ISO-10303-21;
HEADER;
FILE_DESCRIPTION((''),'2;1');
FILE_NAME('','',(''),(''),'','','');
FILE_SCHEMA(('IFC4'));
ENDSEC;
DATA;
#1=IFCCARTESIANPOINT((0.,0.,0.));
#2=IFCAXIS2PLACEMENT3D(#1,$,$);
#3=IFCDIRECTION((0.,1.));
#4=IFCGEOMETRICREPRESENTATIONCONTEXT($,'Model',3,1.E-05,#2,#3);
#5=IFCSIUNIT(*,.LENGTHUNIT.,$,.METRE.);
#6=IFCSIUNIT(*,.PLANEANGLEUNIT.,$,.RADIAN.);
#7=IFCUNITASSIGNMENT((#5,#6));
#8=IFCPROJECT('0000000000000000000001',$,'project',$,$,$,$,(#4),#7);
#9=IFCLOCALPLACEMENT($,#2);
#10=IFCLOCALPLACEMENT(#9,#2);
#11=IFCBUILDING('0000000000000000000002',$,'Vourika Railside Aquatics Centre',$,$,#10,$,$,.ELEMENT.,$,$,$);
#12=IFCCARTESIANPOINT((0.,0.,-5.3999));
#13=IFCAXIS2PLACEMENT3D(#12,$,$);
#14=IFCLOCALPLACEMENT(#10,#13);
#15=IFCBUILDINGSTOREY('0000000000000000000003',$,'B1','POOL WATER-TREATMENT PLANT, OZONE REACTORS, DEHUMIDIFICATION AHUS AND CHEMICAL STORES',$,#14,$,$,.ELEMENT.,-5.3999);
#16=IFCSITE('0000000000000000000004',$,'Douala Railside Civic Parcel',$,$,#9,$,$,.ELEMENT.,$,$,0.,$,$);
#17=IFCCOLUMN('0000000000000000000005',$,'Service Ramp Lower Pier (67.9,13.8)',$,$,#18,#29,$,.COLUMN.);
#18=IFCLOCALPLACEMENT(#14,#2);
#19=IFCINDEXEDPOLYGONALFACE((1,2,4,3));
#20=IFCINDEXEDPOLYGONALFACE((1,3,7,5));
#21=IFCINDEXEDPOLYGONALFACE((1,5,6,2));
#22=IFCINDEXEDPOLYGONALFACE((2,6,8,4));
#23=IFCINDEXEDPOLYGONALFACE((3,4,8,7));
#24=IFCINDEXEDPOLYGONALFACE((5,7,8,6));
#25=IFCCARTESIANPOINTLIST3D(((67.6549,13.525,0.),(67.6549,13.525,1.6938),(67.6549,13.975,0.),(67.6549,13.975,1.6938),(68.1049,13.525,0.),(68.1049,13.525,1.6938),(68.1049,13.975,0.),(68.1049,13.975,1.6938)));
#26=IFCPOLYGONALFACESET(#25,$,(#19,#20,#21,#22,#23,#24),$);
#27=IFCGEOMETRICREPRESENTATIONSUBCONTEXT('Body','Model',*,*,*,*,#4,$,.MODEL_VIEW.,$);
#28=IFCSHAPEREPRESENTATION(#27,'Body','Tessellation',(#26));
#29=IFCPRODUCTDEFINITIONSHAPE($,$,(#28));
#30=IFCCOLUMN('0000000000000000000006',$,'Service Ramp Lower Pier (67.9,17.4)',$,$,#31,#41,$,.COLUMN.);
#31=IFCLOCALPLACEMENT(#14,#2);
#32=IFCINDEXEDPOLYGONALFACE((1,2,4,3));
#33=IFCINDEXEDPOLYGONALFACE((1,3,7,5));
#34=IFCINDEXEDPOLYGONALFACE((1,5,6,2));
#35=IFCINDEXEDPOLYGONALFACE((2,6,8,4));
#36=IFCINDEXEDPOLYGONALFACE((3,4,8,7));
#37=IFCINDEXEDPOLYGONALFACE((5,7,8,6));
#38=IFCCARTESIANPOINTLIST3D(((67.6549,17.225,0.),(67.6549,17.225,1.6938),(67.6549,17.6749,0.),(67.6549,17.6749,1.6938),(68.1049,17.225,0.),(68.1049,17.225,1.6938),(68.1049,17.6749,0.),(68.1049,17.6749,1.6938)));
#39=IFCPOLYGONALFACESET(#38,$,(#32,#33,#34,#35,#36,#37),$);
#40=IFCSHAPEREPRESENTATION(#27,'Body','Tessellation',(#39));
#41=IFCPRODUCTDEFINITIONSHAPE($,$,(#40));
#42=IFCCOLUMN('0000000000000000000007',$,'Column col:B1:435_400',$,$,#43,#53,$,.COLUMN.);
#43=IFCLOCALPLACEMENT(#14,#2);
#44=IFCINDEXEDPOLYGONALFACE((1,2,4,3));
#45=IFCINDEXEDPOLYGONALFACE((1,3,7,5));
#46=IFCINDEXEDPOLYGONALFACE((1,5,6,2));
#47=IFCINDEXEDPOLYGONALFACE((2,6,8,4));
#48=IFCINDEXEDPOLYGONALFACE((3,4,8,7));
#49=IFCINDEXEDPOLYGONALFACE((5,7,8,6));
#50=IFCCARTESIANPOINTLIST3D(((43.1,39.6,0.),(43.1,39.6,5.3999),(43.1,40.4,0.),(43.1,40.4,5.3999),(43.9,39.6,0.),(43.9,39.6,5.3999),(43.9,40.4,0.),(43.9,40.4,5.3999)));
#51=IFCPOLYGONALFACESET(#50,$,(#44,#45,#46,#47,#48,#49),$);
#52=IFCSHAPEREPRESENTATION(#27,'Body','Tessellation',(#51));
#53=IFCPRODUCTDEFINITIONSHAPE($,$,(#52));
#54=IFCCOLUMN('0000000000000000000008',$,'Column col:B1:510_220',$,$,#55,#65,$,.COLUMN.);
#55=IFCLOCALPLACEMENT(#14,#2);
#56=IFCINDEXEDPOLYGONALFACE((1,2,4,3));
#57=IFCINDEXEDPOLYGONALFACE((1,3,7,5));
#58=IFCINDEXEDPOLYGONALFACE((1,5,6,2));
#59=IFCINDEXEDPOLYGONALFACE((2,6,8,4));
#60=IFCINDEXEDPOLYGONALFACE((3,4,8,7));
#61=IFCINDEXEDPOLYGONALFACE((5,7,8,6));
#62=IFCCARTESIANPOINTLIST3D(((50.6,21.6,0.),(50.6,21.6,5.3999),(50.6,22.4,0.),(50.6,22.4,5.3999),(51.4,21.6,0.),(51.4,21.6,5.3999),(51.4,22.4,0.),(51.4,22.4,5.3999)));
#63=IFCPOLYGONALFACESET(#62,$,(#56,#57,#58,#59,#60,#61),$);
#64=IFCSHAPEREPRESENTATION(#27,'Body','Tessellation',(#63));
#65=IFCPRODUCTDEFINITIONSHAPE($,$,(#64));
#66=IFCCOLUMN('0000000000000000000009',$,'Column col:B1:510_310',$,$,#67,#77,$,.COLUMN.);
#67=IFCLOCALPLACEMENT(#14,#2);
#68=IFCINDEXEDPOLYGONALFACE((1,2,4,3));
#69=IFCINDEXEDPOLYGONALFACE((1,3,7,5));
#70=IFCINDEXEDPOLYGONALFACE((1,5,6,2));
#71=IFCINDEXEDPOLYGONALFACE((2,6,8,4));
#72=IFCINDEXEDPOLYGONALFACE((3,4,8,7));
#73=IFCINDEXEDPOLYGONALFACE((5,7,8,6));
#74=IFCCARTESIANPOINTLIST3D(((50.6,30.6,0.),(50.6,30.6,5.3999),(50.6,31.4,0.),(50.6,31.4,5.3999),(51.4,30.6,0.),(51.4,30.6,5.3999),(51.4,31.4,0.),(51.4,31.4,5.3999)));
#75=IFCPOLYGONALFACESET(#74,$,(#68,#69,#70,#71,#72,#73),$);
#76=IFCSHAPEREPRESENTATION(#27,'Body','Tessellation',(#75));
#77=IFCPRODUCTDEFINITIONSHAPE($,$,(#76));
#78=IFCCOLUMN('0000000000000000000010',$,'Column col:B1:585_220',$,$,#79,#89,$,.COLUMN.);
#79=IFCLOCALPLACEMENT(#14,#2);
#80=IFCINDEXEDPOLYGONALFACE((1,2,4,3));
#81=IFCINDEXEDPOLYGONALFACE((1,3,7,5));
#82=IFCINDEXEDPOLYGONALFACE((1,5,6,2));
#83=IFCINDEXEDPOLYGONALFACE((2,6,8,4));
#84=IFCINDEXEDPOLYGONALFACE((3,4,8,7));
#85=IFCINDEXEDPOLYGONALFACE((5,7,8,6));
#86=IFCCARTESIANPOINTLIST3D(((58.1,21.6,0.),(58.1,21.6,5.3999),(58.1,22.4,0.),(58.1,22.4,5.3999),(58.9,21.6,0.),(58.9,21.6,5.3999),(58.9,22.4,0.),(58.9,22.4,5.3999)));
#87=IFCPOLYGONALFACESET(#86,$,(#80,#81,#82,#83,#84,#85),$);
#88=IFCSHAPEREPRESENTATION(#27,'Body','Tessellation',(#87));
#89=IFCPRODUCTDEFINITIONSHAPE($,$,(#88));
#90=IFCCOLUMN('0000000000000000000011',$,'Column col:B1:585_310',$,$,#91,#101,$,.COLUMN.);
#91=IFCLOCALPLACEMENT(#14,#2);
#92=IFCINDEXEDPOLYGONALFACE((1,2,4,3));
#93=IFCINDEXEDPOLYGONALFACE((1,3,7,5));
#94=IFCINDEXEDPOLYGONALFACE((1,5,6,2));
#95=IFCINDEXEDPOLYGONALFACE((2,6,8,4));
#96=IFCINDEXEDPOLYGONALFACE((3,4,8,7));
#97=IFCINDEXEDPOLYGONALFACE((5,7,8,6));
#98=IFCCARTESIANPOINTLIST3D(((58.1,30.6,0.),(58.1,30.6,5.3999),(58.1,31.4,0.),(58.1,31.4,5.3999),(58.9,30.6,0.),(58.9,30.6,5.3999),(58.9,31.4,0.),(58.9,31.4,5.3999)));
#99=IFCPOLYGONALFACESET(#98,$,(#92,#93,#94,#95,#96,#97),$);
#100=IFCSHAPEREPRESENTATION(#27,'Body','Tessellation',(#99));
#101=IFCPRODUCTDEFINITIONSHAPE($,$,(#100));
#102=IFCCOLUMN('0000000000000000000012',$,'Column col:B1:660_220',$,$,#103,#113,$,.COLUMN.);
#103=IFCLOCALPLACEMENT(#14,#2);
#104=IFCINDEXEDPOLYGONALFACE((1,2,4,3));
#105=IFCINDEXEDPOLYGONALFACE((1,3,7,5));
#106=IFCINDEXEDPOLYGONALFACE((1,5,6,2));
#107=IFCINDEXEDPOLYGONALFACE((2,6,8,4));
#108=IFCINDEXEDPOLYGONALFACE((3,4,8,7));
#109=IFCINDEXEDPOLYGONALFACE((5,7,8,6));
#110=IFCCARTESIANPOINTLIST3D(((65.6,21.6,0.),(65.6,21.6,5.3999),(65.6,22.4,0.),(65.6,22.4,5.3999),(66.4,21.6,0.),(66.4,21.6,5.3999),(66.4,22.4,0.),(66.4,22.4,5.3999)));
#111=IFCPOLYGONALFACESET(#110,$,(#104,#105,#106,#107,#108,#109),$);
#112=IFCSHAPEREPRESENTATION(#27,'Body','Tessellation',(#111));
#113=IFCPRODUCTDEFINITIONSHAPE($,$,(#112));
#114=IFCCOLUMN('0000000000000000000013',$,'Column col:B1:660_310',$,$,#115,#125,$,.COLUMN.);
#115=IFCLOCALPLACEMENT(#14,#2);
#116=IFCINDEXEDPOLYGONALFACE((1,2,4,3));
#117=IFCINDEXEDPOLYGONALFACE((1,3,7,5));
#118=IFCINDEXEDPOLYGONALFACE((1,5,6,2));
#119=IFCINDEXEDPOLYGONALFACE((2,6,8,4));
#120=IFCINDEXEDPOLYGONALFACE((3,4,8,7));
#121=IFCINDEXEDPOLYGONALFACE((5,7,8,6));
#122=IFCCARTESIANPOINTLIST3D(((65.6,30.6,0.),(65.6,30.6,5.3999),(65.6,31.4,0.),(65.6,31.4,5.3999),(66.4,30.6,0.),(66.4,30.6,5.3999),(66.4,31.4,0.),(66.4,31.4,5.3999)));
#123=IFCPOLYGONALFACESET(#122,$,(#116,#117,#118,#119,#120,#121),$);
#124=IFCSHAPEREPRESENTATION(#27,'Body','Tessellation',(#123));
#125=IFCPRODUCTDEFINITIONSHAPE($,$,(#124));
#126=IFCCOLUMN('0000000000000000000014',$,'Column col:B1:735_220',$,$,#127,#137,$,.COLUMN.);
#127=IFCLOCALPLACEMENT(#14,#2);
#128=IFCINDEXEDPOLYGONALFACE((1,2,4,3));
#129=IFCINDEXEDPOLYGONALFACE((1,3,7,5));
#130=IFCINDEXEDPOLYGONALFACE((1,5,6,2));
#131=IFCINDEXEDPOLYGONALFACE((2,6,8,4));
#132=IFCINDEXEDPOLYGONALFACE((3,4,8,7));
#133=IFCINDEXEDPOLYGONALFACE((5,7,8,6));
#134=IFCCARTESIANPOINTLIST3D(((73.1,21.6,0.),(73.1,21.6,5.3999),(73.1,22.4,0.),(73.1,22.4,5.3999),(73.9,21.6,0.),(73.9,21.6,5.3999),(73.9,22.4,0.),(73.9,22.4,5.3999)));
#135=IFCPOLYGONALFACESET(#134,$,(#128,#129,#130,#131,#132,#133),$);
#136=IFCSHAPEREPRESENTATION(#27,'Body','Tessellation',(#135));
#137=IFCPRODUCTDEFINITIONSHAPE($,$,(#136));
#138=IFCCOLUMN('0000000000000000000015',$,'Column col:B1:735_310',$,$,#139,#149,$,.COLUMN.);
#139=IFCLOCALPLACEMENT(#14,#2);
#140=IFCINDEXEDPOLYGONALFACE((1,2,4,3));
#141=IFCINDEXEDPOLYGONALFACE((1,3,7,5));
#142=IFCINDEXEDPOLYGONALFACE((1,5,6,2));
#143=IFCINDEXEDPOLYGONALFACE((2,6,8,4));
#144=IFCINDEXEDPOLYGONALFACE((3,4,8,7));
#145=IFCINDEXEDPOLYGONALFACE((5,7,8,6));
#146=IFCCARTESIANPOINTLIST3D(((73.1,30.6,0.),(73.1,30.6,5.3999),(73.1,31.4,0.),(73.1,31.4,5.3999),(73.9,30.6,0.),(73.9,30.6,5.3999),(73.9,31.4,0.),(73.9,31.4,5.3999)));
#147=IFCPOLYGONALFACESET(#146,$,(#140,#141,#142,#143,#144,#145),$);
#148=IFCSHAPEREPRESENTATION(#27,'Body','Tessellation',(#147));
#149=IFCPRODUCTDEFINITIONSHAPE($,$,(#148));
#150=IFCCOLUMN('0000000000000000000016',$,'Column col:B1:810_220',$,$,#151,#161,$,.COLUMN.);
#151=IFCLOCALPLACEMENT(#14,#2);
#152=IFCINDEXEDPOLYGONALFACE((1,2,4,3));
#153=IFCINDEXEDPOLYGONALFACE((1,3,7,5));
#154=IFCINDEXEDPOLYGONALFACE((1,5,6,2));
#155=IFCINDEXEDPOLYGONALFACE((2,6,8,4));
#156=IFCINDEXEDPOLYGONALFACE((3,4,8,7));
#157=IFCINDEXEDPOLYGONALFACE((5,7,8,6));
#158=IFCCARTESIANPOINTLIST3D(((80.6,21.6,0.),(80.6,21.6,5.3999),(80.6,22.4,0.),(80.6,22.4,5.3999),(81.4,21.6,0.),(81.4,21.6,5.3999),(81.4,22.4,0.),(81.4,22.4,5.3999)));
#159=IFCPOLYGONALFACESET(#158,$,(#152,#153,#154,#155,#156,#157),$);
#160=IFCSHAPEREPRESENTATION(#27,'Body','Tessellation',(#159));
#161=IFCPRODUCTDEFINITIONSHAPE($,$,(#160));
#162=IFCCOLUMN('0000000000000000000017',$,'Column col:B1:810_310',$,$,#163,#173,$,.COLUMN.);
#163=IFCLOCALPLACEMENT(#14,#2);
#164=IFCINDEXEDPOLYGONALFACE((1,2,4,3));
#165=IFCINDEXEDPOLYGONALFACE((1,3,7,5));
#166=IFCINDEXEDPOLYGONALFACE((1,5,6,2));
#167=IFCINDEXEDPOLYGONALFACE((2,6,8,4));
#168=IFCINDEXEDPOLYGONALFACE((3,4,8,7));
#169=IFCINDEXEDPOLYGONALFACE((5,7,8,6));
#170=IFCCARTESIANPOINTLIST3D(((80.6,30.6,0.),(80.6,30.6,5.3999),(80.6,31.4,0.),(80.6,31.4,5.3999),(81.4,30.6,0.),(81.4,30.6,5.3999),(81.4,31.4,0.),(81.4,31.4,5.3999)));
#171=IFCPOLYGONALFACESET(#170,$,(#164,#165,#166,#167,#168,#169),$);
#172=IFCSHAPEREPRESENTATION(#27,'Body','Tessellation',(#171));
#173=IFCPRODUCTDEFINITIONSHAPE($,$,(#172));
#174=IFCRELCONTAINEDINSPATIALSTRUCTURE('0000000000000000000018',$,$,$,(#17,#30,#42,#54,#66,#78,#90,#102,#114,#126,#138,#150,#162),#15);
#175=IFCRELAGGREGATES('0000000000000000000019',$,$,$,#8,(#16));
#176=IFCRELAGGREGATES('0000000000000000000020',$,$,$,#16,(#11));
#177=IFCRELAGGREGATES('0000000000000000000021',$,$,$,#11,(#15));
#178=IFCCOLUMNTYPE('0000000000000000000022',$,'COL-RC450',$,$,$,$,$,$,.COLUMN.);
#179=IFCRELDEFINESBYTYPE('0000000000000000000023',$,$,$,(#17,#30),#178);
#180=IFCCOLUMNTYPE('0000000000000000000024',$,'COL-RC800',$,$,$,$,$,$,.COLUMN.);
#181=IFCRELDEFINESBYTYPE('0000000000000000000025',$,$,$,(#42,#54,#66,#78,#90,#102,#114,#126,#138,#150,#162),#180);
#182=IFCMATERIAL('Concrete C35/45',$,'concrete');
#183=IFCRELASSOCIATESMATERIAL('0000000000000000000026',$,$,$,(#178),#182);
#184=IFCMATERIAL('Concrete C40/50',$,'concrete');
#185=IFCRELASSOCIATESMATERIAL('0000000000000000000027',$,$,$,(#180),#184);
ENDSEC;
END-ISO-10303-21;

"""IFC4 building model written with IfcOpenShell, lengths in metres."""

from ifc_helpers import new_model, si_unit, direction, frame, origin, origin_2d, place, context, subcontext, project, spatial, rectangle, extrude, material, material_profile, profile_set, type_object, element, save


model = new_model("IFC4")

# Units and contexts
model_context = context("Model", 3, precision=1e-05, world=origin(), true_north=direction((0.0, 1.0)))
body_context = subcontext(model_context, "Body", "Model", "MODEL_VIEW")
ifc_project = project(units=[si_unit("LENGTHUNIT", "METRE"), si_unit("PLANEANGLEUNIT", "RADIAN")], contexts=[model_context])

# Site, building, storey
site_placement = place(None, origin())
site = spatial("IfcSite", under=ifc_project, at=site_placement, Name="Douala Railside Civic Parcel", CompositionType="ELEMENT", RefElevation=0.0)
building_placement = place(site_placement, origin())
building = spatial("IfcBuilding", under=site, at=building_placement, Name="Vourika Railside Aquatics Centre", CompositionType="ELEMENT")
storey_placement = place(building_placement, frame((0.0, 0.0, -5.3999)))
storey = spatial("IfcBuildingStorey", under=building, at=storey_placement, Name="B1", Description="POOL WATER-TREATMENT PLANT, OZONE REACTORS, DEHUMIDIFICATION AHUS AND CHEMICAL STORES", CompositionType="ELEMENT", Elevation=-5.3999)

# Shared definitions
ifc_material_1 = material(Name="Concrete C40/50", Category="concrete")

# Columns
ifc_material_2 = material(Name="Concrete C35/45", Category="concrete")
ifc_material_profile_1 = material_profile(ifc_material_2, rectangle(XDim=0.45, YDim=0.45, at=origin_2d()), Name="RC 450x450")
ifc_profile_set_1 = profile_set([ifc_material_profile_1], Name="Concrete C35/45")
column_type_1 = type_object("IfcColumnType", Name="COL-RC450", PredefinedType="COLUMN", material=ifc_profile_set_1)
for number, where, z_axis, x_axis, name in (
    (1, (67.8799, 13.75, 0.0), (0.0, 0.0, 1.0), (1.0, 0.0, 0.0), "Service Ramp Lower Pier (67.9,13.8)"),
    (2, (67.8799, 17.45, 0.0), (0.0, 0.0, 1.0), (1.0, 0.0, 0.0), "Service Ramp Lower Pier (67.9,17.4)"),
):
    element("IfcColumn", number, at=place(storey_placement, frame(where, z_axis=z_axis, x_axis=x_axis)), inside=storey, type_object=column_type_1, Name=name, PredefinedType="COLUMN", context=body_context, shape_type="SweptSolid", body=[
        extrude(rectangle(XDim=0.45, YDim=0.45, at=origin_2d()), origin(), (0.0, 0.0, 1.0), 1.6938),
    ])
ifc_material_profile_2 = material_profile(ifc_material_1, rectangle(XDim=0.8, YDim=0.8, at=origin_2d()), Name="RC 800x800")
ifc_profile_set_2 = profile_set([ifc_material_profile_2], Name="Concrete C40/50")
column_type_2 = type_object("IfcColumnType", Name="COL-RC800", PredefinedType="COLUMN", material=ifc_profile_set_2)
for number, where, z_axis, x_axis, name in (
    (3, (43.5, 40.0, 0.0), (0.0, 0.0, 1.0), (1.0, 0.0, 0.0), "Column col:B1:435_400"),
    (4, (51.0, 22.0, 0.0), (0.0, 0.0, 1.0), (1.0, 0.0, 0.0), "Column col:B1:510_220"),
    (5, (51.0, 31.0, 0.0), (0.0, 0.0, 1.0), (1.0, 0.0, 0.0), "Column col:B1:510_310"),
    (6, (58.5, 22.0, 0.0), (0.0, 0.0, 1.0), (1.0, 0.0, 0.0), "Column col:B1:585_220"),
    (7, (58.5, 31.0, 0.0), (0.0, 0.0, 1.0), (1.0, 0.0, 0.0), "Column col:B1:585_310"),
    (8, (66.0, 22.0, 0.0), (0.0, 0.0, 1.0), (1.0, 0.0, 0.0), "Column col:B1:660_220"),
    (9, (66.0, 31.0, 0.0), (0.0, 0.0, 1.0), (1.0, 0.0, 0.0), "Column col:B1:660_310"),
    (10, (73.5, 22.0, 0.0), (0.0, 0.0, 1.0), (1.0, 0.0, 0.0), "Column col:B1:735_220"),
    (11, (73.5, 31.0, 0.0), (0.0, 0.0, 1.0), (1.0, 0.0, 0.0), "Column col:B1:735_310"),
    (12, (81.0, 22.0, 0.0), (0.0, 0.0, 1.0), (1.0, 0.0, 0.0), "Column col:B1:810_220"),
    (13, (81.0, 31.0, 0.0), (0.0, 0.0, 1.0), (1.0, 0.0, 0.0), "Column col:B1:810_310"),
):
    element("IfcColumn", number, at=place(storey_placement, frame(where, z_axis=z_axis, x_axis=x_axis)), inside=storey, type_object=column_type_2, Name=name, PredefinedType="COLUMN", context=body_context, shape_type="SweptSolid", body=[
        extrude(rectangle(XDim=0.8, YDim=0.8, at=origin_2d()), origin(), (0.0, 0.0, 1.0), 5.3999),
    ])

save(model, "model.ifc")
